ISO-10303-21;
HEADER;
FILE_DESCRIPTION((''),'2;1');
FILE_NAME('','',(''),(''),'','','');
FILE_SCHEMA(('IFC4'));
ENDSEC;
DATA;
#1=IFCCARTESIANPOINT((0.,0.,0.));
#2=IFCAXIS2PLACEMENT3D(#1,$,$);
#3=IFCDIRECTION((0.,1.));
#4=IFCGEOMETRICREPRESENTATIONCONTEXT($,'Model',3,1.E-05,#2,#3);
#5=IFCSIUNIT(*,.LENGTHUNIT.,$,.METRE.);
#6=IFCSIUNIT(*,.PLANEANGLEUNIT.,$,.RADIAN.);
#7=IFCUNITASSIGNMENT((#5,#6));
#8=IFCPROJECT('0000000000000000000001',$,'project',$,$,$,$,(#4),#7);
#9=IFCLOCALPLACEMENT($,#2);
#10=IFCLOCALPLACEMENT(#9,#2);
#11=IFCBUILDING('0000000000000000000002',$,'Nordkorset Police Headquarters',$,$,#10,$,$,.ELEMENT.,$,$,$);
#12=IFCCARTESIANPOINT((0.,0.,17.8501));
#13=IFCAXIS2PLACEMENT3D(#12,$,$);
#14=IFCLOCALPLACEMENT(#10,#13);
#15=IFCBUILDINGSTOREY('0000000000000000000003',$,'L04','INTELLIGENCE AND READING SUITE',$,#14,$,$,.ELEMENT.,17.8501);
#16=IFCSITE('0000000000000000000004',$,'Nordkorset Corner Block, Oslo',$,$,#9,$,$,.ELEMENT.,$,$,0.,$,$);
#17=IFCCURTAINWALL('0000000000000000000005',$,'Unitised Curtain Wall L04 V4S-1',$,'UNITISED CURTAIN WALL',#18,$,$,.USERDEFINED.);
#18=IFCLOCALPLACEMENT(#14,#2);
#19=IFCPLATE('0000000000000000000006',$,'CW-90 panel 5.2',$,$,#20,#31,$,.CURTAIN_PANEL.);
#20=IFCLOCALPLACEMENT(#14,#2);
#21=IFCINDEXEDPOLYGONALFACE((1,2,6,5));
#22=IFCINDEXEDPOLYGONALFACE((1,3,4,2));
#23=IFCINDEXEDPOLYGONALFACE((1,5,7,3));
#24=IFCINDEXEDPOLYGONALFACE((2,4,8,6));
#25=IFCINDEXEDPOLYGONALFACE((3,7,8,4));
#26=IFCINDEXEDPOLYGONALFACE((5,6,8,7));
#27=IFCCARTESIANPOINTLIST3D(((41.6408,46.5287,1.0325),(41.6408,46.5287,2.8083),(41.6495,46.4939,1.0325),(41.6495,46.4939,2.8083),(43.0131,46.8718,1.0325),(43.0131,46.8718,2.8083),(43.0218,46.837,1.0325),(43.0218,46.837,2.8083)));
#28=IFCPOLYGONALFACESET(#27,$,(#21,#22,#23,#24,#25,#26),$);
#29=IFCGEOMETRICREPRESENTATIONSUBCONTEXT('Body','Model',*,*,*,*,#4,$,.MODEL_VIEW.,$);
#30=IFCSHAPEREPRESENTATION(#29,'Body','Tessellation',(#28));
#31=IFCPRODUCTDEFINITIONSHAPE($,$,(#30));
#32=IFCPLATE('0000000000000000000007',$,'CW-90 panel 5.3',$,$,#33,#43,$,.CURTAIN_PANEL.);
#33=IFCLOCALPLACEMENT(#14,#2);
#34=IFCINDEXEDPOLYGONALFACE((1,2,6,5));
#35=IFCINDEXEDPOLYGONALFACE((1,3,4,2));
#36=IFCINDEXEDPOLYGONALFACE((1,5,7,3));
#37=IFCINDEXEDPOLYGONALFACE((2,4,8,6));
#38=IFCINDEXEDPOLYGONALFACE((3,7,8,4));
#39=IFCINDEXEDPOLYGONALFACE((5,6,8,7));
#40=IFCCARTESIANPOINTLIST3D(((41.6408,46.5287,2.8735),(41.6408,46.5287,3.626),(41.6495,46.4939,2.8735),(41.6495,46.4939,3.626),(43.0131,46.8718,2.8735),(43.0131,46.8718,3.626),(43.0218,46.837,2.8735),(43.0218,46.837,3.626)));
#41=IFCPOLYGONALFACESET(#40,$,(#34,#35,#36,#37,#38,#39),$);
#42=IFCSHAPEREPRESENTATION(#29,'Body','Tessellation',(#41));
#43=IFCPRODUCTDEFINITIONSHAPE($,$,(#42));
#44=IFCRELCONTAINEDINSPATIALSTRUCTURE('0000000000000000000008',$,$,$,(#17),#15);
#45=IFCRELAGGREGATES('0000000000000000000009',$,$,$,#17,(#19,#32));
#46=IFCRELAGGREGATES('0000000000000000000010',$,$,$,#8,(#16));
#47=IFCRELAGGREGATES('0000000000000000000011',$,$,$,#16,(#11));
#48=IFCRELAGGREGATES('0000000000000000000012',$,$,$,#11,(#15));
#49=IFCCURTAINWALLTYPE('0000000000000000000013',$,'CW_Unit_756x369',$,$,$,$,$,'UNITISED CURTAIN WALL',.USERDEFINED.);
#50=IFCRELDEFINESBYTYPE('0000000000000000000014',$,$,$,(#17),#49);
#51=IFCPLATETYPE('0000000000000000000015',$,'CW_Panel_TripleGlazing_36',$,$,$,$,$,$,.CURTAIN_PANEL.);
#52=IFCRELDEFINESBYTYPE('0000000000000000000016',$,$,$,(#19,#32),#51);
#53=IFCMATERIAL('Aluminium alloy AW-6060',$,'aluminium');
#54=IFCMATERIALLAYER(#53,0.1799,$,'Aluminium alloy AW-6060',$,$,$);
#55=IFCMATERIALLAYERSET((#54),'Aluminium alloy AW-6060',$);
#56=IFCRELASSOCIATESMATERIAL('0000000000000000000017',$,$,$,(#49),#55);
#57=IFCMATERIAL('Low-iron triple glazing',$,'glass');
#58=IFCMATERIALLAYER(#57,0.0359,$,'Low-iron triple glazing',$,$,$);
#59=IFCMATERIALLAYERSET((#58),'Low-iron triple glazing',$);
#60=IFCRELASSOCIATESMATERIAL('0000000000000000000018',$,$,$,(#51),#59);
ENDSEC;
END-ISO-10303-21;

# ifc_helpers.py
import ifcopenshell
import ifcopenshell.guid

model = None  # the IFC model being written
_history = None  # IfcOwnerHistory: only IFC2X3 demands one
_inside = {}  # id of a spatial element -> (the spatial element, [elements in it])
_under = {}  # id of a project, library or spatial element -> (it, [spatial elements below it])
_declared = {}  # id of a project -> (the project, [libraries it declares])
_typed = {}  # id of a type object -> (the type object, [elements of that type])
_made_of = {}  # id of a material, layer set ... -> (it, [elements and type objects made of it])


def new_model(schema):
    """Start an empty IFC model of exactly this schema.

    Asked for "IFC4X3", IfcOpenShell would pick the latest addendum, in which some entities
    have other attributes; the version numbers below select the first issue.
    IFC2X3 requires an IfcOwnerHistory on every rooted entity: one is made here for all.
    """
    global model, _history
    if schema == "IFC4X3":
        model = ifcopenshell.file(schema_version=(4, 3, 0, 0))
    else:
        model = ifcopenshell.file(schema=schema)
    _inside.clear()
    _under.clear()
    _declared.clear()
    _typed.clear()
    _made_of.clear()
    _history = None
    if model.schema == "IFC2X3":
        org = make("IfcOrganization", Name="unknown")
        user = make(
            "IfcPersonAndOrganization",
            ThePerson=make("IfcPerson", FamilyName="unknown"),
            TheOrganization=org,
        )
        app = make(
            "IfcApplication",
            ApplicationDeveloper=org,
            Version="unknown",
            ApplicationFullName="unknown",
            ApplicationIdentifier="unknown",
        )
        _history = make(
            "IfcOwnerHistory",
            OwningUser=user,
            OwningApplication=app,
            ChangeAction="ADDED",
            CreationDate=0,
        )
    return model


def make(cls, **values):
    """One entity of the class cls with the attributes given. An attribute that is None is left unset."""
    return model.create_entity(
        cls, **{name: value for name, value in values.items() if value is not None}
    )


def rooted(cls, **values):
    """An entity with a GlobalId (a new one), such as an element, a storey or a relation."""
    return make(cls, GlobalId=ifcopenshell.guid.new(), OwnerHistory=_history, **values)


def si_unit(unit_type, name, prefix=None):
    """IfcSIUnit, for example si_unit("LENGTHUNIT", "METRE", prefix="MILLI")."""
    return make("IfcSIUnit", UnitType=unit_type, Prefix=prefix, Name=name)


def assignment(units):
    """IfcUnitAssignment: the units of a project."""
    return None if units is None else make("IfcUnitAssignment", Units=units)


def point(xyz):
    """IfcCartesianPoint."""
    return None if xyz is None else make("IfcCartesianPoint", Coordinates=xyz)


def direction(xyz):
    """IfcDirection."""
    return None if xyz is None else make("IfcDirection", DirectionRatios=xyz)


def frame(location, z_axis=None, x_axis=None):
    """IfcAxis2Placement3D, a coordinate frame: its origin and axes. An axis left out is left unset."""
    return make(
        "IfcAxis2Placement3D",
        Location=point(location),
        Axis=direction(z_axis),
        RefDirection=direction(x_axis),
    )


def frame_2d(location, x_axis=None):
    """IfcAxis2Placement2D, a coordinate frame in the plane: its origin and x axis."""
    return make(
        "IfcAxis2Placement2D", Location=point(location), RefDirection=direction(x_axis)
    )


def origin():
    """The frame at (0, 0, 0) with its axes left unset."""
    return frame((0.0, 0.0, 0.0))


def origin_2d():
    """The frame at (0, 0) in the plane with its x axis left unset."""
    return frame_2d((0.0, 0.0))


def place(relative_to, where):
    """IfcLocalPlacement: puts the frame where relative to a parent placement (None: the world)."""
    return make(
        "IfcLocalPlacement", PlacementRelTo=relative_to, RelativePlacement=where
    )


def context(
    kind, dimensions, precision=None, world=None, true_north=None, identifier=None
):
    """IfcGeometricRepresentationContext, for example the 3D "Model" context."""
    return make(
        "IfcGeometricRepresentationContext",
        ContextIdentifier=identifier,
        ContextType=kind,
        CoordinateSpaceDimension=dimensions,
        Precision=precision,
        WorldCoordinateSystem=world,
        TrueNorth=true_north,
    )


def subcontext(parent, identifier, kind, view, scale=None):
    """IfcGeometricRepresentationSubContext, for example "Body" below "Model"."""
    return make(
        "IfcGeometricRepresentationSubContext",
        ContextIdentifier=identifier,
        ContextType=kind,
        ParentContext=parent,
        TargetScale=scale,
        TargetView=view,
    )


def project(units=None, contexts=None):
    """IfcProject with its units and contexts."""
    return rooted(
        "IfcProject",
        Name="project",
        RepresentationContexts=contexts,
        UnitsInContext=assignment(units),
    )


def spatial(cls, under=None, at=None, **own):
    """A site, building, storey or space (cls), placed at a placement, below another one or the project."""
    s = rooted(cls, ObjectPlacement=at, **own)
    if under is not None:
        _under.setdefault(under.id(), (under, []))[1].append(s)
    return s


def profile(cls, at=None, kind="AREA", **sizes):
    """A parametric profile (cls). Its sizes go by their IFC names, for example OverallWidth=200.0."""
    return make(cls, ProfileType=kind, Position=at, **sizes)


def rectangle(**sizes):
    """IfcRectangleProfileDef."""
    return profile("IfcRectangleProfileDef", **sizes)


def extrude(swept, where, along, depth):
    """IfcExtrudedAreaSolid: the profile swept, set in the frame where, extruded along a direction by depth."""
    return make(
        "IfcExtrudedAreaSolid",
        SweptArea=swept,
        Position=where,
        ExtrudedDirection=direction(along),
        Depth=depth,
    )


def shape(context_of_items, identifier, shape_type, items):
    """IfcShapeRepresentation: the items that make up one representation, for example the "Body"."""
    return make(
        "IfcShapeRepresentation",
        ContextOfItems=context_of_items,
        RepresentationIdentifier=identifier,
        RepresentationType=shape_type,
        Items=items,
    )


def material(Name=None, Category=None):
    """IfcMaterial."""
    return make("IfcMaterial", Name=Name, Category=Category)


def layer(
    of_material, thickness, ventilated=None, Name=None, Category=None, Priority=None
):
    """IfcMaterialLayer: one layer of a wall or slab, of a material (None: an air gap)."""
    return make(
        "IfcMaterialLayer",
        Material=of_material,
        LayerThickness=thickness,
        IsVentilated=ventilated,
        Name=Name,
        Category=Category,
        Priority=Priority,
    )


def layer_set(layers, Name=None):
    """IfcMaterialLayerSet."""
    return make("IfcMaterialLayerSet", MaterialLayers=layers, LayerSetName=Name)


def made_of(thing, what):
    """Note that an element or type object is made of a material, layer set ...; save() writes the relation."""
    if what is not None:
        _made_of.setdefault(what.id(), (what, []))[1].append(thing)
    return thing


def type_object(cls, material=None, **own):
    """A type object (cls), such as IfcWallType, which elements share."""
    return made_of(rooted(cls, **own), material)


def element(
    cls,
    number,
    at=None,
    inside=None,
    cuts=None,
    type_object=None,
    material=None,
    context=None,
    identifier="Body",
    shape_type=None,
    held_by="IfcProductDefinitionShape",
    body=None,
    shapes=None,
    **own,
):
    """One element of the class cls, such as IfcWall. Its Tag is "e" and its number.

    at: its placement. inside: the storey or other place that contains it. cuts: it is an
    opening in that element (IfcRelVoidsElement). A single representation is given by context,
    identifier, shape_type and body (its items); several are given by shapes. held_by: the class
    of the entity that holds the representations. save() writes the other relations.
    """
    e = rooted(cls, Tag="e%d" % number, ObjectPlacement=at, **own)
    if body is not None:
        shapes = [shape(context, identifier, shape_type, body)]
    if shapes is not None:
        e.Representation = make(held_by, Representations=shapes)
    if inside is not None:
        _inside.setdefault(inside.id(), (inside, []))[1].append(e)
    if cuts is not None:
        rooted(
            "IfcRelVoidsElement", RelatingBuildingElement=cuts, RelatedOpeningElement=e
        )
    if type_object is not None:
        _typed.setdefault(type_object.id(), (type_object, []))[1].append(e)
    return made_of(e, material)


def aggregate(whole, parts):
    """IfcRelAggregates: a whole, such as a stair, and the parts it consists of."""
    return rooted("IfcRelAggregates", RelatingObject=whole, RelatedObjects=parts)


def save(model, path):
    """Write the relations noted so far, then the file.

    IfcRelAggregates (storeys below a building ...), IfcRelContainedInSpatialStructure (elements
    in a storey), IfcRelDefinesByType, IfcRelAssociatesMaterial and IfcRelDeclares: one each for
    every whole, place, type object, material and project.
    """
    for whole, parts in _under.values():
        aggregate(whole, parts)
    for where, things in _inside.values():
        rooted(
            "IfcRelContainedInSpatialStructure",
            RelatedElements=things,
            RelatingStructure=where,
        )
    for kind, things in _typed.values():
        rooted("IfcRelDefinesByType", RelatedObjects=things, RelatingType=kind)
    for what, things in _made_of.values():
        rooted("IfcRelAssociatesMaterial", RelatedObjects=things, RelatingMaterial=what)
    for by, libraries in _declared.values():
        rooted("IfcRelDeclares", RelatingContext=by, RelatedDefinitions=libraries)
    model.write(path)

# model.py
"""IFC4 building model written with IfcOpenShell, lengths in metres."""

from ifc_helpers import new_model, si_unit, direction, frame, origin, origin_2d, place, context, subcontext, project, spatial, rectangle, extrude, material, layer, layer_set, type_object, element, aggregate, save


model = new_model("IFC4")

# Units and contexts
model_context = context("Model", 3, precision=1e-05, world=origin(), true_north=direction((0.0, 1.0)))
body_context = subcontext(model_context, "Body", "Model", "MODEL_VIEW")
ifc_project = project(units=[si_unit("LENGTHUNIT", "METRE"), si_unit("PLANEANGLEUNIT", "RADIAN")], contexts=[model_context])

# Site, building, storey
site_placement = place(None, origin())
site = spatial("IfcSite", under=ifc_project, at=site_placement, Name="Nordkorset Corner Block, Oslo", CompositionType="ELEMENT", RefElevation=0.0)
building_placement = place(site_placement, origin())
building = spatial("IfcBuilding", under=site, at=building_placement, Name="Nordkorset Police Headquarters", CompositionType="ELEMENT")
storey_placement = place(building_placement, frame((0.0, 0.0, 17.8501)))
storey = spatial("IfcBuildingStorey", under=building, at=storey_placement, Name="L04", Description="INTELLIGENCE AND READING SUITE", CompositionType="ELEMENT", Elevation=17.8501)

# Curtain wall
ifc_material_1 = material(Name="Aluminium alloy AW-6060", Category="aluminium")
ifc_layer_1 = layer(ifc_material_1, 0.1799, Name="Aluminium alloy AW-6060")
ifc_layer_set_1 = layer_set([ifc_layer_1], Name="Aluminium alloy AW-6060")
curtain_wall_type_1 = type_object("IfcCurtainWallType", Name="CW_Unit_756x369", ElementType="UNITISED CURTAIN WALL", PredefinedType="USERDEFINED", material=ifc_layer_set_1)
curtain_wall_1_placement = place(storey_placement, origin())
curtain_wall_1 = element("IfcCurtainWall", 1, at=curtain_wall_1_placement, inside=storey, type_object=curtain_wall_type_1, Name="Unitised Curtain Wall L04 V4S-1", ObjectType="UNITISED CURTAIN WALL", PredefinedType="USERDEFINED")

# Plates
ifc_material_2 = material(Name="Low-iron triple glazing", Category="glass")
ifc_layer_2 = layer(ifc_material_2, 0.0359, Name="Low-iron triple glazing")
ifc_layer_set_2 = layer_set([ifc_layer_2], Name="Low-iron triple glazing")
plate_type = type_object("IfcPlateType", Name="CW_Panel_TripleGlazing_36", PredefinedType="CURTAIN_PANEL", material=ifc_layer_set_2)
plate_1_placement = place(storey_placement, frame((42.3313, 46.6829, 1.0325), z_axis=(0.0, 0.0, 1.0), x_axis=(0.970143, 0.242536, 0.0)))
plate_1 = element("IfcPlate", 2, at=plate_1_placement, type_object=plate_type, Name="CW-90 panel 5.2", PredefinedType="CURTAIN_PANEL", context=body_context, shape_type="SweptSolid", body=[
    extrude(rectangle(XDim=1.4146, YDim=0.0359, at=origin_2d()), origin(), (0.0, 0.0, 1.0), 1.7759),
])
plate_2_placement = place(storey_placement, frame((42.3313, 46.6829, 2.8735), z_axis=(0.0, 0.0, 1.0), x_axis=(0.970143, 0.242536, 0.0)))
plate_2 = element("IfcPlate", 3, at=plate_2_placement, type_object=plate_type, Name="CW-90 panel 5.3", PredefinedType="CURTAIN_PANEL", context=body_context, shape_type="SweptSolid", body=[
    extrude(rectangle(XDim=1.4146, YDim=0.0359, at=origin_2d()), origin(), (0.0, 0.0, 1.0), 0.7524),
])
aggregate(curtain_wall_1, [plate_1, plate_2])

save(model, "model.ifc")
